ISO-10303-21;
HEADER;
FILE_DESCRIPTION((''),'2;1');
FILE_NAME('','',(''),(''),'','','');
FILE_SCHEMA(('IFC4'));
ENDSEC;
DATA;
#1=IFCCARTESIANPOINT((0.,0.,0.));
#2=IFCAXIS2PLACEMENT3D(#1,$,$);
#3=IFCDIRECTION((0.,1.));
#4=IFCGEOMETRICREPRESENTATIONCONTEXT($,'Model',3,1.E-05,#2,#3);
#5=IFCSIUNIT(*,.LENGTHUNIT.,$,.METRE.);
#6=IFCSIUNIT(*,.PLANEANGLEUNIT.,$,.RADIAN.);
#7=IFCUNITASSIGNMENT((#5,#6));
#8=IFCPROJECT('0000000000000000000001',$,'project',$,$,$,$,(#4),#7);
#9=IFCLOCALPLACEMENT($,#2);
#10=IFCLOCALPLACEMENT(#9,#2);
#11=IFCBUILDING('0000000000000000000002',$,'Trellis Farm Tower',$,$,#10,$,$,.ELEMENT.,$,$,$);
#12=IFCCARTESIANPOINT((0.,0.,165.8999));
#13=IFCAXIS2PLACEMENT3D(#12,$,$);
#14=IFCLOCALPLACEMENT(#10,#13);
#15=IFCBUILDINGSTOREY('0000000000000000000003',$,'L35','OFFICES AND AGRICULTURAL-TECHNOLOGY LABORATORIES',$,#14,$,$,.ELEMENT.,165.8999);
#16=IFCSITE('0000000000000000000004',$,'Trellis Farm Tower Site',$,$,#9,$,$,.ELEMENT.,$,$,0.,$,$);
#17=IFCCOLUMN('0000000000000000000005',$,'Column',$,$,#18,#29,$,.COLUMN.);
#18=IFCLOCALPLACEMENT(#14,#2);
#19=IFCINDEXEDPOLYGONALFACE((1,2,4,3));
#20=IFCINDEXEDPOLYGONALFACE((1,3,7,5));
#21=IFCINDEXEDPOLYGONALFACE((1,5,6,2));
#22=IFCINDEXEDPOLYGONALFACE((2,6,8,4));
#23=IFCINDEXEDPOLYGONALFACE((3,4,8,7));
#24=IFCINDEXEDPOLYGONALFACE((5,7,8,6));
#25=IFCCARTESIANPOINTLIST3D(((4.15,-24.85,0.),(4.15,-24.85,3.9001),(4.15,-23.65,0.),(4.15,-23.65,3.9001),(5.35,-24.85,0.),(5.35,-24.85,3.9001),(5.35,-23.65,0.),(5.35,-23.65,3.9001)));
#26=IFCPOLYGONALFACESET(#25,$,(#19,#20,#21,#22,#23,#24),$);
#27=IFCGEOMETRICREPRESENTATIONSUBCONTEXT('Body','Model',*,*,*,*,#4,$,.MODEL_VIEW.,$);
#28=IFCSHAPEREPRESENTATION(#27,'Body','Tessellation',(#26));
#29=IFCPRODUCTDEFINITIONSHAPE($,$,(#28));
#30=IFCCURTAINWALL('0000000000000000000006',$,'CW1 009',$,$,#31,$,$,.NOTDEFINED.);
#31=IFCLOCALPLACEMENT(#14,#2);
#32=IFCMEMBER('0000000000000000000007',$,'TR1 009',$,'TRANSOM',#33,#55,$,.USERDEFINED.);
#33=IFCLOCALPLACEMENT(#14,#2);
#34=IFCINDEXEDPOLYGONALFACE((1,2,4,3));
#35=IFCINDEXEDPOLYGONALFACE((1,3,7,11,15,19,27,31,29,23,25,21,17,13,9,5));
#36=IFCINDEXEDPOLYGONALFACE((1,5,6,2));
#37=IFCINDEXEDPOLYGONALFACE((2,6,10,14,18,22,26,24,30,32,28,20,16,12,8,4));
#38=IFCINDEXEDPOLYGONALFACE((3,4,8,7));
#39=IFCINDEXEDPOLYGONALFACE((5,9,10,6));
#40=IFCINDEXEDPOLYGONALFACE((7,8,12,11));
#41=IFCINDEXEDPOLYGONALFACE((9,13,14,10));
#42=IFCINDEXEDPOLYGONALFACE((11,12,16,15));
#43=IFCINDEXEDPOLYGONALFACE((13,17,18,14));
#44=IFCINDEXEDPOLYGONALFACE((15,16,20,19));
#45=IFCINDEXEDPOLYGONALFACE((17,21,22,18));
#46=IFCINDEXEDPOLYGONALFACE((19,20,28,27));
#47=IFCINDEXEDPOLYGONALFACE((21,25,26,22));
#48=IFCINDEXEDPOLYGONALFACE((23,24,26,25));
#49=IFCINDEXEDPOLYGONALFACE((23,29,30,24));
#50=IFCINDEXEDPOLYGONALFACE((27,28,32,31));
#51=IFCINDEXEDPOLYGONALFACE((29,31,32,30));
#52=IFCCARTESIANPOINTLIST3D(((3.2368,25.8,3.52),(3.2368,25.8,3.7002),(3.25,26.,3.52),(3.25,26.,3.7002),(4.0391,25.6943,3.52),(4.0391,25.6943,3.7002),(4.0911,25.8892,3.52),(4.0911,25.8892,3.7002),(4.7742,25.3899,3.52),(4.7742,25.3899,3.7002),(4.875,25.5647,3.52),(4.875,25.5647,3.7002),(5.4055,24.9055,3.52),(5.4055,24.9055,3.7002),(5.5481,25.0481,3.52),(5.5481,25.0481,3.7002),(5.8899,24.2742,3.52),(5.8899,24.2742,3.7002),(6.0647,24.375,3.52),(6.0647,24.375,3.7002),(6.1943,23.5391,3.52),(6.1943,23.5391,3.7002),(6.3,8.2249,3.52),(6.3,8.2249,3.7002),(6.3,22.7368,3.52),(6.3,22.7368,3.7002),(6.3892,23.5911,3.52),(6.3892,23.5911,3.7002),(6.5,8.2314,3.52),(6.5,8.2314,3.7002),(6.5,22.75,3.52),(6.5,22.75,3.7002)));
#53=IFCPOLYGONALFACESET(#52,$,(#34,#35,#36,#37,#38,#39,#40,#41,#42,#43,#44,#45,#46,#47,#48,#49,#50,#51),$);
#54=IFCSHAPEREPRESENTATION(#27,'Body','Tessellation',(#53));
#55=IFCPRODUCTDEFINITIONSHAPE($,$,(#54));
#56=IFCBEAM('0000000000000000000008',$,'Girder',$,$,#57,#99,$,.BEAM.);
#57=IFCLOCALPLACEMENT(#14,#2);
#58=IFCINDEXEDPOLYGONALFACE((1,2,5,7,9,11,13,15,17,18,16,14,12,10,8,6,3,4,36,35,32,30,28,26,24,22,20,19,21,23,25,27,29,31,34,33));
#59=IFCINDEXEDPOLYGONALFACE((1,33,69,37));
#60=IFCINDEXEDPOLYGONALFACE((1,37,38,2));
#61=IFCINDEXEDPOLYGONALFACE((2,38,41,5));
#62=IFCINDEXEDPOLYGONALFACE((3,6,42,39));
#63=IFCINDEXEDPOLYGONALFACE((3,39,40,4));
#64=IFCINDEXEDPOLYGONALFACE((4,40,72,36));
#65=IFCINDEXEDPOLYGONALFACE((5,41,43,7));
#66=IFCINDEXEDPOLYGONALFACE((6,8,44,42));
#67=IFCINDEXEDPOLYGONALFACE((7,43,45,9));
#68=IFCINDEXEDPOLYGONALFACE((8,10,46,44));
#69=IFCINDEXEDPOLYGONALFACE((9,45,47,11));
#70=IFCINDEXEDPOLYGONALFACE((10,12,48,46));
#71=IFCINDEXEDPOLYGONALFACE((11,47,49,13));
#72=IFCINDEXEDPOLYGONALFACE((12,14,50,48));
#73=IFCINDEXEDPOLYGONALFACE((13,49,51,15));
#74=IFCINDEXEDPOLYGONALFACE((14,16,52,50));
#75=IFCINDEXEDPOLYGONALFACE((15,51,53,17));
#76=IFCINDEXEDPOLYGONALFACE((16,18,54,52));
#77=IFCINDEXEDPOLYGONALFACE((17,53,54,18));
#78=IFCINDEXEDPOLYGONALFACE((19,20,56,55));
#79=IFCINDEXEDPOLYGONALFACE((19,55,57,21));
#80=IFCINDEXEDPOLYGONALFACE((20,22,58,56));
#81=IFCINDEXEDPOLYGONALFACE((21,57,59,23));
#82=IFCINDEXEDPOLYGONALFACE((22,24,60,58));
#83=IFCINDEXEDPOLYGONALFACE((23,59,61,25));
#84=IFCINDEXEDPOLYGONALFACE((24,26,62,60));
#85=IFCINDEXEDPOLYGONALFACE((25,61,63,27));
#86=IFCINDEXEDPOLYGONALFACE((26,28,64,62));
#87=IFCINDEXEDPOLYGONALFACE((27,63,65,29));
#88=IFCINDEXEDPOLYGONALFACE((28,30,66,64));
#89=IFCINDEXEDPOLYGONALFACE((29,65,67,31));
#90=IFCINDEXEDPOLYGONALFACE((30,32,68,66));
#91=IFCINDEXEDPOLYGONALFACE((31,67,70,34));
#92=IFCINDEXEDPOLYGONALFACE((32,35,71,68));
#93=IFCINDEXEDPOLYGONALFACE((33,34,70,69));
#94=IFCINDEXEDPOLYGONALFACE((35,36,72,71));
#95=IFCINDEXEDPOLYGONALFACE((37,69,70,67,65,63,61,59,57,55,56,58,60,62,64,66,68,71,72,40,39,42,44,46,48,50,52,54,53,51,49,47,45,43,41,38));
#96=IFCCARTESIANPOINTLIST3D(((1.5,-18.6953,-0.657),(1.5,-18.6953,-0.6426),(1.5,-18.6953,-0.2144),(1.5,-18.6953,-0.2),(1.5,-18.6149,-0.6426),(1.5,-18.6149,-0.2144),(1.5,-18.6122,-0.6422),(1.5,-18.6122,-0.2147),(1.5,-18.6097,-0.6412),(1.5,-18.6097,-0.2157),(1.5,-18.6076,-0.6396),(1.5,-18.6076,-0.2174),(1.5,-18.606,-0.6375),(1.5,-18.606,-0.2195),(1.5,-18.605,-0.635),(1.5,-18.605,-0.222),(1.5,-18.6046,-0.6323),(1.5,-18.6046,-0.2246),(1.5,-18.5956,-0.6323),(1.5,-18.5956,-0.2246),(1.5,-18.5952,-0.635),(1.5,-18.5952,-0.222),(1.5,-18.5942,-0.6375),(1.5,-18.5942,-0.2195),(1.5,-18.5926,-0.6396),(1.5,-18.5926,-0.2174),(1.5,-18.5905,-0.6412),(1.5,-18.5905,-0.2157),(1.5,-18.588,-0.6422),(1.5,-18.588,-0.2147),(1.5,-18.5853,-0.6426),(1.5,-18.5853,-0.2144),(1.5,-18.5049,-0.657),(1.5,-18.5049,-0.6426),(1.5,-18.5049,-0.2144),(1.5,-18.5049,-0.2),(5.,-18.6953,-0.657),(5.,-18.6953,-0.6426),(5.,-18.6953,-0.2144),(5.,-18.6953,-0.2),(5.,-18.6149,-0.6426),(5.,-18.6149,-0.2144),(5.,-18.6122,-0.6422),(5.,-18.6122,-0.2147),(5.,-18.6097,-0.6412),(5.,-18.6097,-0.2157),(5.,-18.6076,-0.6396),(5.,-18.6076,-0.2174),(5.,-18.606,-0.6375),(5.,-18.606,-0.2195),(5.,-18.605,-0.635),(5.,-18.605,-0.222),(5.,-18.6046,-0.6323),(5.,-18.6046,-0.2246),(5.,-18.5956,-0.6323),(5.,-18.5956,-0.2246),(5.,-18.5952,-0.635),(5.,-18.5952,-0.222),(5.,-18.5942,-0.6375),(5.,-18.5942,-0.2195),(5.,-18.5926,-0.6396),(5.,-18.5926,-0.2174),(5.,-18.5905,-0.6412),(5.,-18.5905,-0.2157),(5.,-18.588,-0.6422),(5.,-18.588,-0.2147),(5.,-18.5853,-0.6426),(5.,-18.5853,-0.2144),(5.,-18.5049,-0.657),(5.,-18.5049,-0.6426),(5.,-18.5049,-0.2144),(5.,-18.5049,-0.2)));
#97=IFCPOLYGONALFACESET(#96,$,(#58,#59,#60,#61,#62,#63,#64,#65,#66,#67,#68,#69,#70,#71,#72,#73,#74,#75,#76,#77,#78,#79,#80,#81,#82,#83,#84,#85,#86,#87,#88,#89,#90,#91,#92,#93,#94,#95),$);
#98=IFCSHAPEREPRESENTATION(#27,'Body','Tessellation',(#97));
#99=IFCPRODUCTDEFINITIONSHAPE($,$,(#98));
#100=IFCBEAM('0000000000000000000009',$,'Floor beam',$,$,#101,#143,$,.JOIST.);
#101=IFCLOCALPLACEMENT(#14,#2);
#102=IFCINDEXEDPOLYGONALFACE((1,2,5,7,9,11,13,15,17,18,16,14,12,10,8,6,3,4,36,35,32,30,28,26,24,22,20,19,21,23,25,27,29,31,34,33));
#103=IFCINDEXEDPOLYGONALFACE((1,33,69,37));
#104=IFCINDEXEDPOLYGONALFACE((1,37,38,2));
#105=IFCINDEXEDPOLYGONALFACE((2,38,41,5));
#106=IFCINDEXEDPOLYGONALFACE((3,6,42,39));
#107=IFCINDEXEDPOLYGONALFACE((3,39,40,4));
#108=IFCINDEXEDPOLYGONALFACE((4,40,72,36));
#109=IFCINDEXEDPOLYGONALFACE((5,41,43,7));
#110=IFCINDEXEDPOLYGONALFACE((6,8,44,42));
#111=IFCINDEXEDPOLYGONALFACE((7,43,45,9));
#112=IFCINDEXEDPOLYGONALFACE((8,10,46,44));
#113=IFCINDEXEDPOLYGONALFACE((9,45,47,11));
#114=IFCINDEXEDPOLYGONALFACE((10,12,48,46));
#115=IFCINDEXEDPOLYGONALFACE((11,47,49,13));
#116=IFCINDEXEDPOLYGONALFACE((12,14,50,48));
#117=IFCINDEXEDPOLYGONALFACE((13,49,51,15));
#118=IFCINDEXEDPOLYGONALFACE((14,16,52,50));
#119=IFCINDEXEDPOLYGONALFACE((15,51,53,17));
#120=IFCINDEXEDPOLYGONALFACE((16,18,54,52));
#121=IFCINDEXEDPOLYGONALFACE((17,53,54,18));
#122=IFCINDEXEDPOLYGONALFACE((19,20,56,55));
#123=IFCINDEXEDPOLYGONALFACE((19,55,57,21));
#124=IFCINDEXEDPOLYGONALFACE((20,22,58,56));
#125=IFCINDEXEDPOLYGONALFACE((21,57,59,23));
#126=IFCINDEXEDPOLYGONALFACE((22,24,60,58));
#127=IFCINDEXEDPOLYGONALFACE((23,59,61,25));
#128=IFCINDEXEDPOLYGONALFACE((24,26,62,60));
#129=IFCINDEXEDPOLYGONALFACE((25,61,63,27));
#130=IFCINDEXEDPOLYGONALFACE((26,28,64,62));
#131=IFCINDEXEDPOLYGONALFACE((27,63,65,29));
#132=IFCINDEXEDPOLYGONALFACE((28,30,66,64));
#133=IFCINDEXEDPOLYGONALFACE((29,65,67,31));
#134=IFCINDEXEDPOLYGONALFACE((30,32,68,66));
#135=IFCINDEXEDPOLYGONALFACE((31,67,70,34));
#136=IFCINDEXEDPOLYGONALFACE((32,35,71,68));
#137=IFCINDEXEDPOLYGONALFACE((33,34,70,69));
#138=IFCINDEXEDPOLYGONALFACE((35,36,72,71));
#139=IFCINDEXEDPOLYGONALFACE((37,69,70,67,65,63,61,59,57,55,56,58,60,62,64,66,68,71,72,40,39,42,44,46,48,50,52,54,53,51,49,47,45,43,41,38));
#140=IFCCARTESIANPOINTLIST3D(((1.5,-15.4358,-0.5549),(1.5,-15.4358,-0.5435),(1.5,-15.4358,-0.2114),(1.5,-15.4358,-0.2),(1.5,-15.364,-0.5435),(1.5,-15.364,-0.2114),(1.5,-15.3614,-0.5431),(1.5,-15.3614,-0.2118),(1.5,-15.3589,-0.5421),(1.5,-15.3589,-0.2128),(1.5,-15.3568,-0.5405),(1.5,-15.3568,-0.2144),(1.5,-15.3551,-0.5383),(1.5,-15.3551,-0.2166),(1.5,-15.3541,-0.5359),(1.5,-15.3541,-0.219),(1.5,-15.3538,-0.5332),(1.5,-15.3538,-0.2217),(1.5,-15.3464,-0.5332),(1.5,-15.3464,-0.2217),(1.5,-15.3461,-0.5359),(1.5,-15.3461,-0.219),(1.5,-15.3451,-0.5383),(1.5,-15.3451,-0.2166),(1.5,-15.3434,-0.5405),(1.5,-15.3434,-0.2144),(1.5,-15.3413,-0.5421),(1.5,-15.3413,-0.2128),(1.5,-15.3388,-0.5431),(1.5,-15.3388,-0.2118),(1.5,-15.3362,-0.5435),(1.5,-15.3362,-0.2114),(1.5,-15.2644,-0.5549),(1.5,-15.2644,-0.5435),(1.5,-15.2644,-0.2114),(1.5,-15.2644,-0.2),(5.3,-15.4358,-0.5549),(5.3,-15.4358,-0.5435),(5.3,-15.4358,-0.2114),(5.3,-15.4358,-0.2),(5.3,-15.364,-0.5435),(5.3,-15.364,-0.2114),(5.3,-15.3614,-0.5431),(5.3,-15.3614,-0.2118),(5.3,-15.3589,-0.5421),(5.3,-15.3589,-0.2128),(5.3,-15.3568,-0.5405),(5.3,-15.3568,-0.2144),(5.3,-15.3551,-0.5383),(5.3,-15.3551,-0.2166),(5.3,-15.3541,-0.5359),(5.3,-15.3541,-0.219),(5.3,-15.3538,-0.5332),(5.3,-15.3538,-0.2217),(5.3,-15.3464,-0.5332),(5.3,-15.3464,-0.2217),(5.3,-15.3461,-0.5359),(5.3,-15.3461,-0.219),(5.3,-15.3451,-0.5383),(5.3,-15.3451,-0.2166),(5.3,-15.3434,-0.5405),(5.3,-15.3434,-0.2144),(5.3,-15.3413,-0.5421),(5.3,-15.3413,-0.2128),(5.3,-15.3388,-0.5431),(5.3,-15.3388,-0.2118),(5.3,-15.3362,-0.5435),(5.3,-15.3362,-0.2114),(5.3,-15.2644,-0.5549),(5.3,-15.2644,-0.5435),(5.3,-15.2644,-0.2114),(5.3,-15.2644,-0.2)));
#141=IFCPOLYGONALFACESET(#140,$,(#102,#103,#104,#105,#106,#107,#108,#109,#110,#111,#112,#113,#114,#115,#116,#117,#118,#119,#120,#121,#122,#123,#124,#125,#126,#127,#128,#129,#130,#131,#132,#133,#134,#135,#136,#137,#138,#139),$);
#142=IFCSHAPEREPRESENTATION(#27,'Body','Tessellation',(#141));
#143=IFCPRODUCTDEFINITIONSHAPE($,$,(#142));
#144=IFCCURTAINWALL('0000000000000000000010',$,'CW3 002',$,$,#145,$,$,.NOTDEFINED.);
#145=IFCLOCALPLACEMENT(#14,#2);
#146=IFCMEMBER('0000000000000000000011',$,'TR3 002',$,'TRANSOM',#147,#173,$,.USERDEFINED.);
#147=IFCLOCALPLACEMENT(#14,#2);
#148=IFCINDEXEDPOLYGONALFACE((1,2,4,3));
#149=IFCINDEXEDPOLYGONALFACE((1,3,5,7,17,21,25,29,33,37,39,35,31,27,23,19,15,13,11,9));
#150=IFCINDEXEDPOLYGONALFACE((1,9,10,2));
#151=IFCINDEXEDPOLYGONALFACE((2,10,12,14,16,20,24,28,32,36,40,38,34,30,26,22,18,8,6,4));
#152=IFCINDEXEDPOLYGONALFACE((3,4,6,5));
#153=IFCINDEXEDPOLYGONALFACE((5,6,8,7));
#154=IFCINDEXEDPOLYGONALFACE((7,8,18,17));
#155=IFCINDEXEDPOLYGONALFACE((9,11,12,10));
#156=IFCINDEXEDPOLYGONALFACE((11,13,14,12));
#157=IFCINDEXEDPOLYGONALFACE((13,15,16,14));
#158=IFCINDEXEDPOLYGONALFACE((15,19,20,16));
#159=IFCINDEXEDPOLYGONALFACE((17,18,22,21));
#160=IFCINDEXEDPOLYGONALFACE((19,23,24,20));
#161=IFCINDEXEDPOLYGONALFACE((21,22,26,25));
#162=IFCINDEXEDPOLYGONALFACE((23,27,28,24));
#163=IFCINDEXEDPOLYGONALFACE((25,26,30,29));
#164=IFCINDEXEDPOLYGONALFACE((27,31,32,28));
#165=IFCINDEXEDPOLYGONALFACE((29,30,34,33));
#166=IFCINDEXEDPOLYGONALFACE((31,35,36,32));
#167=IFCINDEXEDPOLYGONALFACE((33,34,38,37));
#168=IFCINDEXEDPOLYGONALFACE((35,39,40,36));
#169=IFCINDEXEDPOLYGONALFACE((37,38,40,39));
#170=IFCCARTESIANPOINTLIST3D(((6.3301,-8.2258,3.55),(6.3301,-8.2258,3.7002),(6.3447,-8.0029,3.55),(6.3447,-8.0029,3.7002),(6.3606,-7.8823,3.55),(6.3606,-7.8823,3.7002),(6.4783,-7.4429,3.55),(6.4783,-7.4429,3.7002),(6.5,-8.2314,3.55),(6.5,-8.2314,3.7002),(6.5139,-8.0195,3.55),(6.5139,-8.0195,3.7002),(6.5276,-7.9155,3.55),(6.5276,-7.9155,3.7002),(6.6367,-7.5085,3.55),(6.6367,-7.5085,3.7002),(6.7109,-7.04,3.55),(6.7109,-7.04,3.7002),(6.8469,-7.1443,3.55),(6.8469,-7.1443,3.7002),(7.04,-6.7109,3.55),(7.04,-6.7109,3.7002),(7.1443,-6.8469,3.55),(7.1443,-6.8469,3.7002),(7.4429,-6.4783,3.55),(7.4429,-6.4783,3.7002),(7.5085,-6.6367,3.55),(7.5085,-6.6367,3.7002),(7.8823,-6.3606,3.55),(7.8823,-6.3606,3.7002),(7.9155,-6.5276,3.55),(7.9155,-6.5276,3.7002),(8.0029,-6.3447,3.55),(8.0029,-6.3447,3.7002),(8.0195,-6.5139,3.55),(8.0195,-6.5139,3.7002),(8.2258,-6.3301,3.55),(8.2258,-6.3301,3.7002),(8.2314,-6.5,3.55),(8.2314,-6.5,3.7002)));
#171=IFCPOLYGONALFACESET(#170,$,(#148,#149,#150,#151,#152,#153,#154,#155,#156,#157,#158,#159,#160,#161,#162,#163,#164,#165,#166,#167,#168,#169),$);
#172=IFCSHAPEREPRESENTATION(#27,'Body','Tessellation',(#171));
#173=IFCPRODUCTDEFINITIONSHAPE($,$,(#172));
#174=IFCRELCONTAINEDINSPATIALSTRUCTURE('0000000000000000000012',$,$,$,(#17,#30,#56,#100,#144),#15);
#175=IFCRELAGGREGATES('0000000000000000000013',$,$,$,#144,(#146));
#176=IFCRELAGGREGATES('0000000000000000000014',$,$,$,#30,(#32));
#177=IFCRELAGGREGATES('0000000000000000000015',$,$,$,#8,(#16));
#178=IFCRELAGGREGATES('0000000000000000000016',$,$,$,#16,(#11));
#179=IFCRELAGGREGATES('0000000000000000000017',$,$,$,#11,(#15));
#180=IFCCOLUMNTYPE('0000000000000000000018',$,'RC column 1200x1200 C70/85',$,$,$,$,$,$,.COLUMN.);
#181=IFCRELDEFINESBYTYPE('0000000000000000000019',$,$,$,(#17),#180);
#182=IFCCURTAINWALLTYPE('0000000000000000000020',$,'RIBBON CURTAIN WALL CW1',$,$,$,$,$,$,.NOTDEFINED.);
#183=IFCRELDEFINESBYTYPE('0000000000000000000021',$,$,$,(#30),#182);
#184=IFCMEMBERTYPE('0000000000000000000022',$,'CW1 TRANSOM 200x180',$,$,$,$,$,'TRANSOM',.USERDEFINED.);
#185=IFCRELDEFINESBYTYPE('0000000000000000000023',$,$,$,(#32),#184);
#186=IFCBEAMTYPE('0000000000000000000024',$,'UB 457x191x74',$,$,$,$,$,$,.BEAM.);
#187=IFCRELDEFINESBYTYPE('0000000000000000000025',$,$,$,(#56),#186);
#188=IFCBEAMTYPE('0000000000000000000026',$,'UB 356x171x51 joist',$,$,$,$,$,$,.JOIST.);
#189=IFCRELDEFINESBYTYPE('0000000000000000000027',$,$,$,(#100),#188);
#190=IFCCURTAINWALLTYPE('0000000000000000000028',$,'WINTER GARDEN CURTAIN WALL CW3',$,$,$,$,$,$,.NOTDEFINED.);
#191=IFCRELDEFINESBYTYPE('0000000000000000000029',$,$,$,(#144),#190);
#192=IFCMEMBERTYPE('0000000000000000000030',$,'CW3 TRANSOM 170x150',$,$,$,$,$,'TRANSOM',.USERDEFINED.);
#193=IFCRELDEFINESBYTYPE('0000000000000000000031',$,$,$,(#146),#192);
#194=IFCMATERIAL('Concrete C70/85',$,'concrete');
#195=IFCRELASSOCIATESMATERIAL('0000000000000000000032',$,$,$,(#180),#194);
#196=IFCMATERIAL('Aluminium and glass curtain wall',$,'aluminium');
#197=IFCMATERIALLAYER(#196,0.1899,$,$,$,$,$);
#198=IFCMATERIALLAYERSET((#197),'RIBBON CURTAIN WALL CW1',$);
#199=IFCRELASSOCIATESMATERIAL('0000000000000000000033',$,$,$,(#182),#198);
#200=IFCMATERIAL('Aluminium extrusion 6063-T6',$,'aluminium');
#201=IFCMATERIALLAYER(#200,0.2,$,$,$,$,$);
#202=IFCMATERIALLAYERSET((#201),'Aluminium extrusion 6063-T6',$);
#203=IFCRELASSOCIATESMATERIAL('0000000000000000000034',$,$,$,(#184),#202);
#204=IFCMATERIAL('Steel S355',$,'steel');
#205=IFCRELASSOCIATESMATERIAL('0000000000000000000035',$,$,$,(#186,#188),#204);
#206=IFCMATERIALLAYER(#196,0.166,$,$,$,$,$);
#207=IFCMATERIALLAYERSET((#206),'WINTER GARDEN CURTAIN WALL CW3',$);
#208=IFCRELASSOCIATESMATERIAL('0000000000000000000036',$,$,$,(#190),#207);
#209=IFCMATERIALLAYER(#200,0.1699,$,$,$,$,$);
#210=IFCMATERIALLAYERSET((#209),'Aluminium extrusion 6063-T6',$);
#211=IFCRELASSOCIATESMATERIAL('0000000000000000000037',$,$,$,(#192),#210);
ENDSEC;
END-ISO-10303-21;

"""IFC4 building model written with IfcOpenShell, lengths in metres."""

from ifc_helpers import new_model, si_unit, direction, frame, origin, origin_2d, place, context, subcontext, project, spatial, polyline, rectangle, i_section, outline, extrude, source, transform, mapped, material, layer, layer_set, material_profile, profile_set, type_object, element, aggregate, save


model = new_model("IFC4")

# Units and contexts
model_context = context("Model", 3, precision=1e-05, world=origin(), true_north=direction((0.0, 1.0)))
body_context = subcontext(model_context, "Body", "Model", "MODEL_VIEW")
ifc_project = project(units=[si_unit("LENGTHUNIT", "METRE"), si_unit("PLANEANGLEUNIT", "RADIAN")], contexts=[model_context])

# Site, building, storey
site_placement = place(None, origin())
site = spatial("IfcSite", under=ifc_project, at=site_placement, Name="Trellis Farm Tower Site", CompositionType="ELEMENT", RefElevation=0.0)
building_placement = place(site_placement, origin())
building = spatial("IfcBuilding", under=site, at=building_placement, Name="Trellis Farm Tower", CompositionType="ELEMENT")
storey_placement = place(building_placement, frame((0.0, 0.0, 165.8999)))
storey = spatial("IfcBuildingStorey", under=building, at=storey_placement, Name="L35", Description="OFFICES AND AGRICULTURAL-TECHNOLOGY LABORATORIES", CompositionType="ELEMENT", Elevation=165.8999)

# Column
ifc_material_1 = material(Name="Concrete C70/85", Category="concrete")
ifc_material_profile_1 = material_profile(ifc_material_1, rectangle(XDim=1.2, YDim=1.2, at=origin_2d()), Name="RC column 1200x1200 C70/85")
ifc_profile_set_1 = profile_set([ifc_material_profile_1], Name="Concrete C70/85")
column_type = type_object("IfcColumnType", Name="RC column 1200x1200 C70/85", PredefinedType="COLUMN", material=ifc_profile_set_1)
shared_shape_1 = source(origin(), body_context, "Body", "SweptSolid", [
    extrude(rectangle(XDim=1.2, YDim=1.2, at=origin_2d()), origin(), (0.0, 0.0, 1.0), 3.9001),
])
column_placement = place(storey_placement, frame((4.75, -24.25, 0.0), z_axis=(0.0, 0.0, 1.0), x_axis=(1.0, 0.0, 0.0)))
element("IfcColumn", 1, at=column_placement, inside=storey, type_object=column_type, Name="Column", PredefinedType="COLUMN", context=body_context, shape_type="MappedRepresentation", body=[
    mapped(shared_shape_1, transform((0.0, 0.0, 0.0))),
])

# Curtain wall, member
ifc_material_2 = material(Name="Aluminium and glass curtain wall", Category="aluminium")
ifc_layer_1 = layer(ifc_material_2, 0.1899)
ifc_layer_set_1 = layer_set([ifc_layer_1], Name="RIBBON CURTAIN WALL CW1")
curtain_wall_type_1 = type_object("IfcCurtainWallType", Name="RIBBON CURTAIN WALL CW1", PredefinedType="NOTDEFINED", material=ifc_layer_set_1)
placement_1 = place(storey_placement, origin())
curtain_wall_1 = element("IfcCurtainWall", 2, at=placement_1, inside=storey, type_object=curtain_wall_type_1, Name="CW1 009", PredefinedType="NOTDEFINED")
ifc_material_3 = material(Name="Aluminium extrusion 6063-T6", Category="aluminium")
ifc_layer_2 = layer(ifc_material_3, 0.2)
ifc_layer_set_2 = layer_set([ifc_layer_2], Name="Aluminium extrusion 6063-T6")
member_type_1 = type_object("IfcMemberType", Name="CW1 TRANSOM 200x180", ElementType="TRANSOM", PredefinedType="USERDEFINED", material=ifc_layer_set_2)
placement_2 = place(storey_placement, frame((0.0, 0.0, 3.52)))
member_1 = element("IfcMember", 3, at=placement_2, type_object=member_type_1, Name="TR1 009", ObjectType="TRANSOM", PredefinedType="USERDEFINED", context=body_context, shape_type="SweptSolid", body=[
    extrude(outline(polyline([(6.5, 8.2314), (6.5, 22.75), (6.3892, 23.5911), (6.0647, 24.375), (5.5481, 25.0481), (4.875, 25.5647), (4.0911, 25.8892), (3.25, 26.0), (3.2368, 25.8), (4.0391, 25.6943), (4.7742, 25.3899), (5.4055, 24.9055), (5.8899, 24.2742), (6.1943, 23.5391), (6.3, 22.7368), (6.3, 8.2249), (6.5, 8.2314)])), origin(), (0.0, 0.0, 1.0), 0.1802),
])

# Beams
ifc_material_4 = material(Name="Steel S355", Category="steel")
ifc_material_profile_2 = material_profile(ifc_material_4, i_section(OverallWidth=0.1904, OverallDepth=0.457, WebThickness=0.009, FlangeThickness=0.0144, FilletRadius=0.0103, at=origin_2d()), Name="UB 457x191x74")
ifc_profile_set_2 = profile_set([ifc_material_profile_2], Name="Steel S355")
beam_type_1 = type_object("IfcBeamType", Name="UB 457x191x74", PredefinedType="BEAM", material=ifc_profile_set_2)
shared_shape_2 = source(origin(), body_context, "Body", "SweptSolid", [
    extrude(i_section(OverallWidth=0.1904, OverallDepth=0.457, WebThickness=0.009, FlangeThickness=0.0144, FilletRadius=0.0103, at=origin_2d()), origin(), (0.0, 0.0, 1.0), 3.5),
])
beam_1_placement = place(storey_placement, frame((1.5, -18.6001, -0.4285), z_axis=(1.0, 0.0, 0.0), x_axis=(0.0, 1.0, 0.0)))
element("IfcBeam", 4, at=beam_1_placement, inside=storey, type_object=beam_type_1, Name="Girder", PredefinedType="BEAM", context=body_context, shape_type="MappedRepresentation", body=[
    mapped(shared_shape_2, transform((0.0, 0.0, 0.0))),
])
ifc_material_profile_3 = material_profile(ifc_material_4, i_section(OverallWidth=0.1714, OverallDepth=0.355, WebThickness=0.0073, FlangeThickness=0.0115, FilletRadius=0.0103, at=origin_2d()), Name="UB 356x171x51")
ifc_profile_set_3 = profile_set([ifc_material_profile_3], Name="Steel S355")
beam_type_2 = type_object("IfcBeamType", Name="UB 356x171x51 joist", PredefinedType="JOIST", material=ifc_profile_set_3)
shared_shape_3 = source(origin(), body_context, "Body", "SweptSolid", [
    extrude(i_section(OverallWidth=0.1714, OverallDepth=0.355, WebThickness=0.0073, FlangeThickness=0.0115, FilletRadius=0.0103, at=origin_2d()), origin(), (0.0, 0.0, 1.0), 3.8),
])
beam_2_placement = place(storey_placement, frame((1.5, -15.3501, -0.3774), z_axis=(1.0, 0.0, 0.0), x_axis=(0.0, 1.0, 0.0)))
element("IfcBeam", 5, at=beam_2_placement, inside=storey, type_object=beam_type_2, Name="Floor beam", PredefinedType="JOIST", context=body_context, shape_type="MappedRepresentation", body=[
    mapped(shared_shape_3, transform((0.0, 0.0, 0.0))),
])

# Curtain wall, member
ifc_layer_3 = layer(ifc_material_2, 0.166)
ifc_layer_set_3 = layer_set([ifc_layer_3], Name="WINTER GARDEN CURTAIN WALL CW3")
curtain_wall_type_2 = type_object("IfcCurtainWallType", Name="WINTER GARDEN CURTAIN WALL CW3", PredefinedType="NOTDEFINED", material=ifc_layer_set_3)
curtain_wall_2 = element("IfcCurtainWall", 6, at=placement_1, inside=storey, type_object=curtain_wall_type_2, Name="CW3 002", PredefinedType="NOTDEFINED")
ifc_layer_4 = layer(ifc_material_3, 0.1699)
ifc_layer_set_4 = layer_set([ifc_layer_4], Name="Aluminium extrusion 6063-T6")
member_type_2 = type_object("IfcMemberType", Name="CW3 TRANSOM 170x150", ElementType="TRANSOM", PredefinedType="USERDEFINED", material=ifc_layer_set_4)
shared_shape_4 = source(origin(), body_context, "Body", "SweptSolid", [
    extrude(outline(polyline([(6.5, -8.2314), (6.5139, -8.0195), (6.5276, -7.9155), (6.6367, -7.5085), (6.8469, -7.1443), (7.1443, -6.8469), (7.5085, -6.6367), (7.9155, -6.5276), (8.0195, -6.5139), (8.2314, -6.5), (8.2258, -6.3301), (8.0029, -6.3447), (7.8823, -6.3606), (7.4429, -6.4783), (7.04, -6.7109), (6.7109, -7.04), (6.4783, -7.4429), (6.3606, -7.8823), (6.3447, -8.0029), (6.3301, -8.2258), (6.5, -8.2314)])), origin(), (0.0, 0.0, 1.0), 0.1501),
])
placement_3 = place(storey_placement, frame((0.0, 0.0, 3.55)))
member_2 = element("IfcMember", 7, at=placement_3, type_object=member_type_2, Name="TR3 002", ObjectType="TRANSOM", PredefinedType="USERDEFINED", context=body_context, shape_type="MappedRepresentation", body=[
    mapped(shared_shape_4, transform((0.0, 0.0, 0.0))),
])
aggregate(curtain_wall_2, [member_2])

aggregate(curtain_wall_1, [member_1])

save(model, "model.ifc")
